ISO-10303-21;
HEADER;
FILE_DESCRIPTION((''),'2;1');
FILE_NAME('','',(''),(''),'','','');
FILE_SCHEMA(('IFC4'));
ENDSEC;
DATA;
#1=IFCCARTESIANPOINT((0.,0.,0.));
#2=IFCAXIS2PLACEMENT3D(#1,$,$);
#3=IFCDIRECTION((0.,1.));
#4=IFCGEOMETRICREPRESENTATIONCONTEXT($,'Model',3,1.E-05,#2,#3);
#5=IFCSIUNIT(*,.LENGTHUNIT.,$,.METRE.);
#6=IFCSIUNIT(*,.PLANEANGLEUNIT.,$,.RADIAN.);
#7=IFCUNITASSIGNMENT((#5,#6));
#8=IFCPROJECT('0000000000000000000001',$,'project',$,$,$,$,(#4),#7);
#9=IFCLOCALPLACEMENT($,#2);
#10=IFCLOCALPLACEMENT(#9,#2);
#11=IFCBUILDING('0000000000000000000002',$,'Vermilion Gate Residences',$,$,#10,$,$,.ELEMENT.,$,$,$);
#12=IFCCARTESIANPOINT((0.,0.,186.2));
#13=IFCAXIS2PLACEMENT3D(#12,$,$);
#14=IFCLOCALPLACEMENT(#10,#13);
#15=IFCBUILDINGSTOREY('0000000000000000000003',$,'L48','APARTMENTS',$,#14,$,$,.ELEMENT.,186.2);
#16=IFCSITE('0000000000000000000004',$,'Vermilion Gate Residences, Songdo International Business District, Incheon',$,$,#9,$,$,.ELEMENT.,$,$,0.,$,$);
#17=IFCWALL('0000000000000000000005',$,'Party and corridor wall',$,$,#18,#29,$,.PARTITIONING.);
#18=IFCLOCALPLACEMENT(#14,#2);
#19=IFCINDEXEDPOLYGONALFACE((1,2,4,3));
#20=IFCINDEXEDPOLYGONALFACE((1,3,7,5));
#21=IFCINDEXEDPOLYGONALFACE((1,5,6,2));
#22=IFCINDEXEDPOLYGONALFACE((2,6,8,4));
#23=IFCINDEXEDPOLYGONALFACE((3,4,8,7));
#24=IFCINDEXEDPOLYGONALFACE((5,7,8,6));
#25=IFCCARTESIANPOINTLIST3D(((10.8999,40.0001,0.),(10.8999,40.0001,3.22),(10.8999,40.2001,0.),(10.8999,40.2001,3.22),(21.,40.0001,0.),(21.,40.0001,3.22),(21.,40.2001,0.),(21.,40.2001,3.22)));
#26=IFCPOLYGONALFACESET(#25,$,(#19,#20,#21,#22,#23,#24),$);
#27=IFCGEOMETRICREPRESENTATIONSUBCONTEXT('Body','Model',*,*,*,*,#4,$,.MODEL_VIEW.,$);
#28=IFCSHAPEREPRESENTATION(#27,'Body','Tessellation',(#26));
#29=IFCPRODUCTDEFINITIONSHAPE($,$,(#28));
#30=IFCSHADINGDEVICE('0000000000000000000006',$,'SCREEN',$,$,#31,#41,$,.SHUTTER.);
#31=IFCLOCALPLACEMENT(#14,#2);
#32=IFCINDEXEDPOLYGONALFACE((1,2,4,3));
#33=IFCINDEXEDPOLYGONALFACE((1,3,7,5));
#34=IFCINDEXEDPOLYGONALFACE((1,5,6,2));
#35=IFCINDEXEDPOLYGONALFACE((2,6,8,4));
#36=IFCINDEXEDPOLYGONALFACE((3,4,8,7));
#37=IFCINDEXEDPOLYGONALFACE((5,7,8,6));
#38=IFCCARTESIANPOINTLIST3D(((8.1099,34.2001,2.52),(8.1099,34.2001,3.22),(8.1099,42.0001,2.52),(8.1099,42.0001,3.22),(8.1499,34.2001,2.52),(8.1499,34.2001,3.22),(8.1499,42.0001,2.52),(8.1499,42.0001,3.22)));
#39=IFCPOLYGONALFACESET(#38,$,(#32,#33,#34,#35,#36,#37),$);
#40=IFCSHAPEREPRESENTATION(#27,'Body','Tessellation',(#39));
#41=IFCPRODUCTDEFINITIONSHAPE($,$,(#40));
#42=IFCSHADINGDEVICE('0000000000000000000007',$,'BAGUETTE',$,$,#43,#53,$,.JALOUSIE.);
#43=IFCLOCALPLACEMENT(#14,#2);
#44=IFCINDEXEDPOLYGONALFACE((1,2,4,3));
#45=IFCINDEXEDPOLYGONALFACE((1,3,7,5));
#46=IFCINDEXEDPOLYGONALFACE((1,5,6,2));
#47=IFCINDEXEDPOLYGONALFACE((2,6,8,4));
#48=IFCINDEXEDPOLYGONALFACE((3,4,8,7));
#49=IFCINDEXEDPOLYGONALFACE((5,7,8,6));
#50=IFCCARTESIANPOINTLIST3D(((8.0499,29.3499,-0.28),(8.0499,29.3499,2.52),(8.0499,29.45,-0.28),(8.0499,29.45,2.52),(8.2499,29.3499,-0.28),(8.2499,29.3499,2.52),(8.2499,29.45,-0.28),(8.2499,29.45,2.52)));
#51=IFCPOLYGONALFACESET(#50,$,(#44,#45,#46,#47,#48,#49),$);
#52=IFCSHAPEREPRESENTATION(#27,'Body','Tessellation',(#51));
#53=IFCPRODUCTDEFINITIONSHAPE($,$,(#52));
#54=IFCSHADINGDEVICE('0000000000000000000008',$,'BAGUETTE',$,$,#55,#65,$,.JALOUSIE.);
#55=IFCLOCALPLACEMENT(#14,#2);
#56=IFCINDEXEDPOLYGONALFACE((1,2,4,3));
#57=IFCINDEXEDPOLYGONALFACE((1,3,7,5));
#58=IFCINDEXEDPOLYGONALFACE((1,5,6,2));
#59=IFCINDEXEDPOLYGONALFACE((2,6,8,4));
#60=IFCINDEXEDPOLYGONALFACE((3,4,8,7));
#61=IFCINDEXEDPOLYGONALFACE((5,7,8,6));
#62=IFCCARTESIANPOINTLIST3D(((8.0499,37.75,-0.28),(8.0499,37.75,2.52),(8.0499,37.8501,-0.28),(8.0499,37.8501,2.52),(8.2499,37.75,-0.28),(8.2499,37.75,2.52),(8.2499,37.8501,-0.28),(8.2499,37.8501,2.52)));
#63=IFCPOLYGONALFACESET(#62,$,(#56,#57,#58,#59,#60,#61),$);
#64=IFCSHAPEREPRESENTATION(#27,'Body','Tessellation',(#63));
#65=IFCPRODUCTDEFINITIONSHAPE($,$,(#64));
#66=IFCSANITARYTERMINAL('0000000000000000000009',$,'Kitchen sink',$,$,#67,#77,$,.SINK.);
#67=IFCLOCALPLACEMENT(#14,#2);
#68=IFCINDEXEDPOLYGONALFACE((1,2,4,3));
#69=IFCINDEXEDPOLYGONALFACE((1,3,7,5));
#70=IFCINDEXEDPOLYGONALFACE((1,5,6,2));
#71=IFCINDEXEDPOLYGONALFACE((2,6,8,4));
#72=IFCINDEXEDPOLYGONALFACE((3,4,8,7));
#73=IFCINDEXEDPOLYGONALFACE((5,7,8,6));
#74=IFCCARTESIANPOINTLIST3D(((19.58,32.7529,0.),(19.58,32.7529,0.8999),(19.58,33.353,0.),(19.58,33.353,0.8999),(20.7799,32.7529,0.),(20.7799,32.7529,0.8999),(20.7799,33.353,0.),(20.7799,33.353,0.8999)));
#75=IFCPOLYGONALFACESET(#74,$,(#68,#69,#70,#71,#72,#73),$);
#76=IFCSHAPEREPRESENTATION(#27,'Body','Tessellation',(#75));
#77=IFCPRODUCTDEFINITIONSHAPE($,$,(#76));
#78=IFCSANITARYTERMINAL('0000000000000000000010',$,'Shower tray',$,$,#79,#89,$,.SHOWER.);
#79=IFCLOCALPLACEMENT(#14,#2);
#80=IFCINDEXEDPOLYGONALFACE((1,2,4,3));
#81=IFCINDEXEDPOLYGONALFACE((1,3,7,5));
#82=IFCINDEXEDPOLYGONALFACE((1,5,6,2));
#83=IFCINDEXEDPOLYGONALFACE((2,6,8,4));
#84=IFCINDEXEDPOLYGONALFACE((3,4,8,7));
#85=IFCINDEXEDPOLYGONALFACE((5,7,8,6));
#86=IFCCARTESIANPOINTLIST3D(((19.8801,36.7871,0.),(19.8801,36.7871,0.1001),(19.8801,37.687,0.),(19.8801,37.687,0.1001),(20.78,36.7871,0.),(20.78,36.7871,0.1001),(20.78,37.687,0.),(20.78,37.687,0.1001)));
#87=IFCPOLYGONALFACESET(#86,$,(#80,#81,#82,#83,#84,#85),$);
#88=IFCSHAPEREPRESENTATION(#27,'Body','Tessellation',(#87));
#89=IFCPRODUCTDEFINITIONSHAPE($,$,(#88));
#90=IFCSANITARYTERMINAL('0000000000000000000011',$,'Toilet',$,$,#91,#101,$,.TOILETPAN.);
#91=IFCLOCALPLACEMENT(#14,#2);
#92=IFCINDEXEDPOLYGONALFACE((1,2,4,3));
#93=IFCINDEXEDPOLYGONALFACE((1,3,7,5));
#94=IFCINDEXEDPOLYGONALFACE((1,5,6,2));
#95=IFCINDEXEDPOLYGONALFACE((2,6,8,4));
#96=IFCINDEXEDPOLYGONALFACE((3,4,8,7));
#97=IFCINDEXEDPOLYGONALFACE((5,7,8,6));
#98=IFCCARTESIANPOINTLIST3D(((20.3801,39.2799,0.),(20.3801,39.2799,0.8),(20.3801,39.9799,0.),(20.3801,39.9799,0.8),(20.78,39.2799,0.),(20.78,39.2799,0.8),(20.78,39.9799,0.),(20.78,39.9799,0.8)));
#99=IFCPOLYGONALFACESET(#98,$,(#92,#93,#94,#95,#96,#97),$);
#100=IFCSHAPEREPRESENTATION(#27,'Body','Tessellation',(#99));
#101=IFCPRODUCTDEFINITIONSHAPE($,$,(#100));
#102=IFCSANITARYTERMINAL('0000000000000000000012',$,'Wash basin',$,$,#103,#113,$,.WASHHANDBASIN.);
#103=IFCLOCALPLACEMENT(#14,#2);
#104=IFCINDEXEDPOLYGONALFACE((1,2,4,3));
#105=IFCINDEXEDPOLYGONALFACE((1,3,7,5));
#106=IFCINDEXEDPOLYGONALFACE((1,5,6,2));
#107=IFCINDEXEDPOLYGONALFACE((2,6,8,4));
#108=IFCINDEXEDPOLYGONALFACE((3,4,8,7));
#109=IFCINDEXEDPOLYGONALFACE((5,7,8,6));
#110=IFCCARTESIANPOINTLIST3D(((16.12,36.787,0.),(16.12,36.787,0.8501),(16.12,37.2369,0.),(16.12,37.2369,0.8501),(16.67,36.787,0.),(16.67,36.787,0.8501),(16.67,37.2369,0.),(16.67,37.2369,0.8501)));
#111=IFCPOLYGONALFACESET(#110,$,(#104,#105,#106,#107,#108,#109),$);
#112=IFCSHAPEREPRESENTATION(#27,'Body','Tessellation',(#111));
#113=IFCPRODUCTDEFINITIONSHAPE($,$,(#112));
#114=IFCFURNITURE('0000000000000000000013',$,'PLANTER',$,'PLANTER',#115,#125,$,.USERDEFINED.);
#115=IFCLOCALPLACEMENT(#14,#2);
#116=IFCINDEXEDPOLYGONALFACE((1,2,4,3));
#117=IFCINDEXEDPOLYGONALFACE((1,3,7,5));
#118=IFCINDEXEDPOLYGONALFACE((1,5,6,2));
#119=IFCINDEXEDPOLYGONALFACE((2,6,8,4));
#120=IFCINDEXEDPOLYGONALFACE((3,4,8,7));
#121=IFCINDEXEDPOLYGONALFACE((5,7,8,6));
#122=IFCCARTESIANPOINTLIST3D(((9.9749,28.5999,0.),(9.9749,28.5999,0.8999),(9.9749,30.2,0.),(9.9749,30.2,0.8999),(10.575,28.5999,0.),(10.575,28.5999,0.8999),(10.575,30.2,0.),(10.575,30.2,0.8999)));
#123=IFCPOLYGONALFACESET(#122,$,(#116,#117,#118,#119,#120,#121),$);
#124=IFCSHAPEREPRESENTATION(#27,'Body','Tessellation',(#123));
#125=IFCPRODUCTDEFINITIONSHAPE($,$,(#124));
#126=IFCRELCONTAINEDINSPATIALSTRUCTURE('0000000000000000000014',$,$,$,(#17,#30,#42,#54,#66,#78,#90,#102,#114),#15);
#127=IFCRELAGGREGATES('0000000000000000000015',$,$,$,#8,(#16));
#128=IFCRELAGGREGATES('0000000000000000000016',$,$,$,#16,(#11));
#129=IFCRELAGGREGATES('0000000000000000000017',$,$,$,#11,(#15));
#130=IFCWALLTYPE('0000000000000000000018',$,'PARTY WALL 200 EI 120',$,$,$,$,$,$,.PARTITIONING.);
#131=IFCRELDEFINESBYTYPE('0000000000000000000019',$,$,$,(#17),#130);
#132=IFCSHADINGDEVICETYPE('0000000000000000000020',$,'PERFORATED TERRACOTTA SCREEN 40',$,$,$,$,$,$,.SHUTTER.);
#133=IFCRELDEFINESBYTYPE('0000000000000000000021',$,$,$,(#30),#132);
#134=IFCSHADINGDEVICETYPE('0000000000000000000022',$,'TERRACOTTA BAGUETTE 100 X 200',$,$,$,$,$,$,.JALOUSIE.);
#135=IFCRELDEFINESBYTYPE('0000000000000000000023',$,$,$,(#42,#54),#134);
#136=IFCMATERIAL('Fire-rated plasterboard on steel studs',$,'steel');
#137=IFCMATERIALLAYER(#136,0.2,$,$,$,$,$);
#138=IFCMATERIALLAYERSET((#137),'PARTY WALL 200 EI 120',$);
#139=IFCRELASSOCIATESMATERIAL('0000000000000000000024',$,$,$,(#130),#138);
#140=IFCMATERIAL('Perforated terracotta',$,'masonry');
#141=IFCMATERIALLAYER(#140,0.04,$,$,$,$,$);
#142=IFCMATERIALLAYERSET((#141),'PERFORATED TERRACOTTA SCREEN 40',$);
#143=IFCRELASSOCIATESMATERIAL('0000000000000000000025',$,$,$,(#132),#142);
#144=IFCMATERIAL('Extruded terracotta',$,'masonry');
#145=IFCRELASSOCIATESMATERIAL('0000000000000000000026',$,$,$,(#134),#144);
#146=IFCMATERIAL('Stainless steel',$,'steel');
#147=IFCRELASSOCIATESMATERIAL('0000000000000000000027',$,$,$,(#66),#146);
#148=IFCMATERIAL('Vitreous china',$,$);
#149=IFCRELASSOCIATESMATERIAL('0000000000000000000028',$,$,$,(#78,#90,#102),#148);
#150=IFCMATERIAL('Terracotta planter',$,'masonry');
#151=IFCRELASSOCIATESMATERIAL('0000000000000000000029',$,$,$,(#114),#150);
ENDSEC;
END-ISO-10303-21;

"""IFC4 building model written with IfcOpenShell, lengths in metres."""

from ifc_helpers import new_model, si_unit, direction, frame, frame_2d, origin, origin_2d, place, context, subcontext, project, spatial, rectangle, extrude, material, layer, layer_set, material_profile, profile_set, type_object, element, save


model = new_model("IFC4")

# Units and contexts
model_context = context("Model", 3, precision=1e-05, world=origin(), true_north=direction((0.0, 1.0)))
body_context = subcontext(model_context, "Body", "Model", "MODEL_VIEW")
ifc_project = project(units=[si_unit("LENGTHUNIT", "METRE"), si_unit("PLANEANGLEUNIT", "RADIAN")], contexts=[model_context])

# Site, building, storey
site_placement = place(None, origin())
site = spatial("IfcSite", under=ifc_project, at=site_placement, Name="Vermilion Gate Residences, Songdo International Business District, Incheon", CompositionType="ELEMENT", RefElevation=0.0)
building_placement = place(site_placement, origin())
building = spatial("IfcBuilding", under=site, at=building_placement, Name="Vermilion Gate Residences", CompositionType="ELEMENT")
storey_placement = place(building_placement, frame((0.0, 0.0, 186.2)))
storey = spatial("IfcBuildingStorey", under=building, at=storey_placement, Name="L48", Description="APARTMENTS", CompositionType="ELEMENT", Elevation=186.2)

# Wall
ifc_material_1 = material(Name="Fire-rated plasterboard on steel studs", Category="steel")
ifc_layer_1 = layer(ifc_material_1, 0.2)
ifc_layer_set_1 = layer_set([ifc_layer_1], Name="PARTY WALL 200 EI 120")
wall_type_1 = type_object("IfcWallType", Name="PARTY WALL 200 EI 120", PredefinedType="PARTITIONING", material=ifc_layer_set_1)
wall_1_placement = place(storey_placement, frame((10.8999, 40.1001, 0.0), z_axis=(0.0, 0.0, 1.0), x_axis=(1.0, 0.0, 0.0)))
element("IfcWall", 1, at=wall_1_placement, inside=storey, type_object=wall_type_1, Name="Party and corridor wall", PredefinedType="PARTITIONING", context=body_context, shape_type="SweptSolid", body=[
    extrude(rectangle(XDim=10.1001, YDim=0.2, at=frame_2d((5.05, 0.0))), origin(), (0.0, 0.0, 1.0), 3.22),
])

# Shading devices
ifc_material_2 = material(Name="Perforated terracotta", Category="masonry")
ifc_layer_2 = layer(ifc_material_2, 0.04)
ifc_layer_set_2 = layer_set([ifc_layer_2], Name="PERFORATED TERRACOTTA SCREEN 40")
shading_device_type_1 = type_object("IfcShadingDeviceType", Name="PERFORATED TERRACOTTA SCREEN 40", PredefinedType="SHUTTER", material=ifc_layer_set_2)
shading_device_placement = place(storey_placement, frame((8.1299, 38.1001, 2.52), z_axis=(0.0, 0.0, 1.0), x_axis=(0.0, -1.0, 0.0)))
element("IfcShadingDevice", 2, at=shading_device_placement, inside=storey, type_object=shading_device_type_1, Name="SCREEN", PredefinedType="SHUTTER", context=body_context, shape_type="SweptSolid", body=[
    extrude(rectangle(XDim=7.8, YDim=0.04, at=origin_2d()), origin(), (0.0, 0.0, 1.0), 0.7),
])
ifc_material_3 = material(Name="Extruded terracotta", Category="masonry")
ifc_material_profile_1 = material_profile(ifc_material_3, rectangle(XDim=0.2, YDim=0.1001, at=origin_2d()), Name="BAGUETTE 100 X 200")
ifc_profile_set_1 = profile_set([ifc_material_profile_1], Name="Extruded terracotta")
shading_device_type_2 = type_object("IfcShadingDeviceType", Name="TERRACOTTA BAGUETTE 100 X 200", PredefinedType="JALOUSIE", material=ifc_profile_set_1)
for number, where, z_axis, x_axis, name in (
    (3, (8.1499, 29.3999, -0.28), (0.0, 0.0, 1.0), (1.0, 0.0, 0.0), "BAGUETTE"),
    (4, (8.1499, 37.8, -0.28), (0.0, 0.0, 1.0), (1.0, 0.0, 0.0), "BAGUETTE"),
):
    element("IfcShadingDevice", number, at=place(storey_placement, frame(where, z_axis=z_axis, x_axis=x_axis)), inside=storey, type_object=shading_device_type_2, Name=name, PredefinedType="JALOUSIE", context=body_context, shape_type="SweptSolid", body=[
        extrude(rectangle(XDim=0.2, YDim=0.1001, at=origin_2d()), origin(), (0.0, 0.0, 1.0), 2.8),
    ])

# Sanitary terminals
ifc_material_4 = material(Name="Stainless steel", Category="steel")
sanitary_terminal_1_placement = place(storey_placement, frame((20.1799, 33.053, 0.0), z_axis=(0.0, 0.0, 1.0), x_axis=(1.0, 0.0, 0.0)))
element("IfcSanitaryTerminal", 5, at=sanitary_terminal_1_placement, inside=storey, material=ifc_material_4, Name="Kitchen sink", PredefinedType="SINK", context=body_context, shape_type="SweptSolid", body=[
    extrude(rectangle(XDim=1.2, YDim=0.6001, at=origin_2d()), origin(), (0.0, 0.0, 1.0), 0.8999),
])
ifc_material_5 = material(Name="Vitreous china")
sanitary_terminal_2_placement = place(storey_placement, frame((20.3301, 37.2371, 0.0), z_axis=(0.0, 0.0, 1.0), x_axis=(1.0, 0.0, 0.0)))
element("IfcSanitaryTerminal", 6, at=sanitary_terminal_2_placement, inside=storey, material=ifc_material_5, Name="Shower tray", PredefinedType="SHOWER", context=body_context, shape_type="SweptSolid", body=[
    extrude(rectangle(XDim=0.8999, YDim=0.8999, at=origin_2d()), origin(), (0.0, 0.0, 1.0), 0.1001),
])
sanitary_terminal_3_placement = place(storey_placement, frame((20.5801, 39.6299, 0.0), z_axis=(0.0, 0.0, 1.0), x_axis=(1.0, 0.0, 0.0)))
element("IfcSanitaryTerminal", 7, at=sanitary_terminal_3_placement, inside=storey, material=ifc_material_5, Name="Toilet", PredefinedType="TOILETPAN", context=body_context, shape_type="SweptSolid", body=[
    extrude(rectangle(XDim=0.3999, YDim=0.7, at=origin_2d()), origin(), (0.0, 0.0, 1.0), 0.8),
])
sanitary_terminal_4_placement = place(storey_placement, frame((16.395, 37.012, 0.0), z_axis=(0.0, 0.0, 1.0), x_axis=(1.0, 0.0, 0.0)))
element("IfcSanitaryTerminal", 8, at=sanitary_terminal_4_placement, inside=storey, material=ifc_material_5, Name="Wash basin", PredefinedType="WASHHANDBASIN", context=body_context, shape_type="SweptSolid", body=[
    extrude(rectangle(XDim=0.55, YDim=0.45, at=origin_2d()), origin(), (0.0, 0.0, 1.0), 0.8501),
])

# Furniture
ifc_material_6 = material(Name="Terracotta planter", Category="masonry")
furniture_placement = place(storey_placement, frame((10.2749, 29.3999, 0.0), z_axis=(0.0, 0.0, 1.0), x_axis=(0.0, -1.0, 0.0)))
element("IfcFurniture", 9, at=furniture_placement, inside=storey, material=ifc_material_6, Name="PLANTER", ObjectType="PLANTER", PredefinedType="USERDEFINED", context=body_context, shape_type="SweptSolid", body=[
    extrude(rectangle(XDim=1.6001, YDim=0.6001, at=origin_2d()), origin(), (0.0, 0.0, 1.0), 0.8999),
])

save(model, "model.ifc")
